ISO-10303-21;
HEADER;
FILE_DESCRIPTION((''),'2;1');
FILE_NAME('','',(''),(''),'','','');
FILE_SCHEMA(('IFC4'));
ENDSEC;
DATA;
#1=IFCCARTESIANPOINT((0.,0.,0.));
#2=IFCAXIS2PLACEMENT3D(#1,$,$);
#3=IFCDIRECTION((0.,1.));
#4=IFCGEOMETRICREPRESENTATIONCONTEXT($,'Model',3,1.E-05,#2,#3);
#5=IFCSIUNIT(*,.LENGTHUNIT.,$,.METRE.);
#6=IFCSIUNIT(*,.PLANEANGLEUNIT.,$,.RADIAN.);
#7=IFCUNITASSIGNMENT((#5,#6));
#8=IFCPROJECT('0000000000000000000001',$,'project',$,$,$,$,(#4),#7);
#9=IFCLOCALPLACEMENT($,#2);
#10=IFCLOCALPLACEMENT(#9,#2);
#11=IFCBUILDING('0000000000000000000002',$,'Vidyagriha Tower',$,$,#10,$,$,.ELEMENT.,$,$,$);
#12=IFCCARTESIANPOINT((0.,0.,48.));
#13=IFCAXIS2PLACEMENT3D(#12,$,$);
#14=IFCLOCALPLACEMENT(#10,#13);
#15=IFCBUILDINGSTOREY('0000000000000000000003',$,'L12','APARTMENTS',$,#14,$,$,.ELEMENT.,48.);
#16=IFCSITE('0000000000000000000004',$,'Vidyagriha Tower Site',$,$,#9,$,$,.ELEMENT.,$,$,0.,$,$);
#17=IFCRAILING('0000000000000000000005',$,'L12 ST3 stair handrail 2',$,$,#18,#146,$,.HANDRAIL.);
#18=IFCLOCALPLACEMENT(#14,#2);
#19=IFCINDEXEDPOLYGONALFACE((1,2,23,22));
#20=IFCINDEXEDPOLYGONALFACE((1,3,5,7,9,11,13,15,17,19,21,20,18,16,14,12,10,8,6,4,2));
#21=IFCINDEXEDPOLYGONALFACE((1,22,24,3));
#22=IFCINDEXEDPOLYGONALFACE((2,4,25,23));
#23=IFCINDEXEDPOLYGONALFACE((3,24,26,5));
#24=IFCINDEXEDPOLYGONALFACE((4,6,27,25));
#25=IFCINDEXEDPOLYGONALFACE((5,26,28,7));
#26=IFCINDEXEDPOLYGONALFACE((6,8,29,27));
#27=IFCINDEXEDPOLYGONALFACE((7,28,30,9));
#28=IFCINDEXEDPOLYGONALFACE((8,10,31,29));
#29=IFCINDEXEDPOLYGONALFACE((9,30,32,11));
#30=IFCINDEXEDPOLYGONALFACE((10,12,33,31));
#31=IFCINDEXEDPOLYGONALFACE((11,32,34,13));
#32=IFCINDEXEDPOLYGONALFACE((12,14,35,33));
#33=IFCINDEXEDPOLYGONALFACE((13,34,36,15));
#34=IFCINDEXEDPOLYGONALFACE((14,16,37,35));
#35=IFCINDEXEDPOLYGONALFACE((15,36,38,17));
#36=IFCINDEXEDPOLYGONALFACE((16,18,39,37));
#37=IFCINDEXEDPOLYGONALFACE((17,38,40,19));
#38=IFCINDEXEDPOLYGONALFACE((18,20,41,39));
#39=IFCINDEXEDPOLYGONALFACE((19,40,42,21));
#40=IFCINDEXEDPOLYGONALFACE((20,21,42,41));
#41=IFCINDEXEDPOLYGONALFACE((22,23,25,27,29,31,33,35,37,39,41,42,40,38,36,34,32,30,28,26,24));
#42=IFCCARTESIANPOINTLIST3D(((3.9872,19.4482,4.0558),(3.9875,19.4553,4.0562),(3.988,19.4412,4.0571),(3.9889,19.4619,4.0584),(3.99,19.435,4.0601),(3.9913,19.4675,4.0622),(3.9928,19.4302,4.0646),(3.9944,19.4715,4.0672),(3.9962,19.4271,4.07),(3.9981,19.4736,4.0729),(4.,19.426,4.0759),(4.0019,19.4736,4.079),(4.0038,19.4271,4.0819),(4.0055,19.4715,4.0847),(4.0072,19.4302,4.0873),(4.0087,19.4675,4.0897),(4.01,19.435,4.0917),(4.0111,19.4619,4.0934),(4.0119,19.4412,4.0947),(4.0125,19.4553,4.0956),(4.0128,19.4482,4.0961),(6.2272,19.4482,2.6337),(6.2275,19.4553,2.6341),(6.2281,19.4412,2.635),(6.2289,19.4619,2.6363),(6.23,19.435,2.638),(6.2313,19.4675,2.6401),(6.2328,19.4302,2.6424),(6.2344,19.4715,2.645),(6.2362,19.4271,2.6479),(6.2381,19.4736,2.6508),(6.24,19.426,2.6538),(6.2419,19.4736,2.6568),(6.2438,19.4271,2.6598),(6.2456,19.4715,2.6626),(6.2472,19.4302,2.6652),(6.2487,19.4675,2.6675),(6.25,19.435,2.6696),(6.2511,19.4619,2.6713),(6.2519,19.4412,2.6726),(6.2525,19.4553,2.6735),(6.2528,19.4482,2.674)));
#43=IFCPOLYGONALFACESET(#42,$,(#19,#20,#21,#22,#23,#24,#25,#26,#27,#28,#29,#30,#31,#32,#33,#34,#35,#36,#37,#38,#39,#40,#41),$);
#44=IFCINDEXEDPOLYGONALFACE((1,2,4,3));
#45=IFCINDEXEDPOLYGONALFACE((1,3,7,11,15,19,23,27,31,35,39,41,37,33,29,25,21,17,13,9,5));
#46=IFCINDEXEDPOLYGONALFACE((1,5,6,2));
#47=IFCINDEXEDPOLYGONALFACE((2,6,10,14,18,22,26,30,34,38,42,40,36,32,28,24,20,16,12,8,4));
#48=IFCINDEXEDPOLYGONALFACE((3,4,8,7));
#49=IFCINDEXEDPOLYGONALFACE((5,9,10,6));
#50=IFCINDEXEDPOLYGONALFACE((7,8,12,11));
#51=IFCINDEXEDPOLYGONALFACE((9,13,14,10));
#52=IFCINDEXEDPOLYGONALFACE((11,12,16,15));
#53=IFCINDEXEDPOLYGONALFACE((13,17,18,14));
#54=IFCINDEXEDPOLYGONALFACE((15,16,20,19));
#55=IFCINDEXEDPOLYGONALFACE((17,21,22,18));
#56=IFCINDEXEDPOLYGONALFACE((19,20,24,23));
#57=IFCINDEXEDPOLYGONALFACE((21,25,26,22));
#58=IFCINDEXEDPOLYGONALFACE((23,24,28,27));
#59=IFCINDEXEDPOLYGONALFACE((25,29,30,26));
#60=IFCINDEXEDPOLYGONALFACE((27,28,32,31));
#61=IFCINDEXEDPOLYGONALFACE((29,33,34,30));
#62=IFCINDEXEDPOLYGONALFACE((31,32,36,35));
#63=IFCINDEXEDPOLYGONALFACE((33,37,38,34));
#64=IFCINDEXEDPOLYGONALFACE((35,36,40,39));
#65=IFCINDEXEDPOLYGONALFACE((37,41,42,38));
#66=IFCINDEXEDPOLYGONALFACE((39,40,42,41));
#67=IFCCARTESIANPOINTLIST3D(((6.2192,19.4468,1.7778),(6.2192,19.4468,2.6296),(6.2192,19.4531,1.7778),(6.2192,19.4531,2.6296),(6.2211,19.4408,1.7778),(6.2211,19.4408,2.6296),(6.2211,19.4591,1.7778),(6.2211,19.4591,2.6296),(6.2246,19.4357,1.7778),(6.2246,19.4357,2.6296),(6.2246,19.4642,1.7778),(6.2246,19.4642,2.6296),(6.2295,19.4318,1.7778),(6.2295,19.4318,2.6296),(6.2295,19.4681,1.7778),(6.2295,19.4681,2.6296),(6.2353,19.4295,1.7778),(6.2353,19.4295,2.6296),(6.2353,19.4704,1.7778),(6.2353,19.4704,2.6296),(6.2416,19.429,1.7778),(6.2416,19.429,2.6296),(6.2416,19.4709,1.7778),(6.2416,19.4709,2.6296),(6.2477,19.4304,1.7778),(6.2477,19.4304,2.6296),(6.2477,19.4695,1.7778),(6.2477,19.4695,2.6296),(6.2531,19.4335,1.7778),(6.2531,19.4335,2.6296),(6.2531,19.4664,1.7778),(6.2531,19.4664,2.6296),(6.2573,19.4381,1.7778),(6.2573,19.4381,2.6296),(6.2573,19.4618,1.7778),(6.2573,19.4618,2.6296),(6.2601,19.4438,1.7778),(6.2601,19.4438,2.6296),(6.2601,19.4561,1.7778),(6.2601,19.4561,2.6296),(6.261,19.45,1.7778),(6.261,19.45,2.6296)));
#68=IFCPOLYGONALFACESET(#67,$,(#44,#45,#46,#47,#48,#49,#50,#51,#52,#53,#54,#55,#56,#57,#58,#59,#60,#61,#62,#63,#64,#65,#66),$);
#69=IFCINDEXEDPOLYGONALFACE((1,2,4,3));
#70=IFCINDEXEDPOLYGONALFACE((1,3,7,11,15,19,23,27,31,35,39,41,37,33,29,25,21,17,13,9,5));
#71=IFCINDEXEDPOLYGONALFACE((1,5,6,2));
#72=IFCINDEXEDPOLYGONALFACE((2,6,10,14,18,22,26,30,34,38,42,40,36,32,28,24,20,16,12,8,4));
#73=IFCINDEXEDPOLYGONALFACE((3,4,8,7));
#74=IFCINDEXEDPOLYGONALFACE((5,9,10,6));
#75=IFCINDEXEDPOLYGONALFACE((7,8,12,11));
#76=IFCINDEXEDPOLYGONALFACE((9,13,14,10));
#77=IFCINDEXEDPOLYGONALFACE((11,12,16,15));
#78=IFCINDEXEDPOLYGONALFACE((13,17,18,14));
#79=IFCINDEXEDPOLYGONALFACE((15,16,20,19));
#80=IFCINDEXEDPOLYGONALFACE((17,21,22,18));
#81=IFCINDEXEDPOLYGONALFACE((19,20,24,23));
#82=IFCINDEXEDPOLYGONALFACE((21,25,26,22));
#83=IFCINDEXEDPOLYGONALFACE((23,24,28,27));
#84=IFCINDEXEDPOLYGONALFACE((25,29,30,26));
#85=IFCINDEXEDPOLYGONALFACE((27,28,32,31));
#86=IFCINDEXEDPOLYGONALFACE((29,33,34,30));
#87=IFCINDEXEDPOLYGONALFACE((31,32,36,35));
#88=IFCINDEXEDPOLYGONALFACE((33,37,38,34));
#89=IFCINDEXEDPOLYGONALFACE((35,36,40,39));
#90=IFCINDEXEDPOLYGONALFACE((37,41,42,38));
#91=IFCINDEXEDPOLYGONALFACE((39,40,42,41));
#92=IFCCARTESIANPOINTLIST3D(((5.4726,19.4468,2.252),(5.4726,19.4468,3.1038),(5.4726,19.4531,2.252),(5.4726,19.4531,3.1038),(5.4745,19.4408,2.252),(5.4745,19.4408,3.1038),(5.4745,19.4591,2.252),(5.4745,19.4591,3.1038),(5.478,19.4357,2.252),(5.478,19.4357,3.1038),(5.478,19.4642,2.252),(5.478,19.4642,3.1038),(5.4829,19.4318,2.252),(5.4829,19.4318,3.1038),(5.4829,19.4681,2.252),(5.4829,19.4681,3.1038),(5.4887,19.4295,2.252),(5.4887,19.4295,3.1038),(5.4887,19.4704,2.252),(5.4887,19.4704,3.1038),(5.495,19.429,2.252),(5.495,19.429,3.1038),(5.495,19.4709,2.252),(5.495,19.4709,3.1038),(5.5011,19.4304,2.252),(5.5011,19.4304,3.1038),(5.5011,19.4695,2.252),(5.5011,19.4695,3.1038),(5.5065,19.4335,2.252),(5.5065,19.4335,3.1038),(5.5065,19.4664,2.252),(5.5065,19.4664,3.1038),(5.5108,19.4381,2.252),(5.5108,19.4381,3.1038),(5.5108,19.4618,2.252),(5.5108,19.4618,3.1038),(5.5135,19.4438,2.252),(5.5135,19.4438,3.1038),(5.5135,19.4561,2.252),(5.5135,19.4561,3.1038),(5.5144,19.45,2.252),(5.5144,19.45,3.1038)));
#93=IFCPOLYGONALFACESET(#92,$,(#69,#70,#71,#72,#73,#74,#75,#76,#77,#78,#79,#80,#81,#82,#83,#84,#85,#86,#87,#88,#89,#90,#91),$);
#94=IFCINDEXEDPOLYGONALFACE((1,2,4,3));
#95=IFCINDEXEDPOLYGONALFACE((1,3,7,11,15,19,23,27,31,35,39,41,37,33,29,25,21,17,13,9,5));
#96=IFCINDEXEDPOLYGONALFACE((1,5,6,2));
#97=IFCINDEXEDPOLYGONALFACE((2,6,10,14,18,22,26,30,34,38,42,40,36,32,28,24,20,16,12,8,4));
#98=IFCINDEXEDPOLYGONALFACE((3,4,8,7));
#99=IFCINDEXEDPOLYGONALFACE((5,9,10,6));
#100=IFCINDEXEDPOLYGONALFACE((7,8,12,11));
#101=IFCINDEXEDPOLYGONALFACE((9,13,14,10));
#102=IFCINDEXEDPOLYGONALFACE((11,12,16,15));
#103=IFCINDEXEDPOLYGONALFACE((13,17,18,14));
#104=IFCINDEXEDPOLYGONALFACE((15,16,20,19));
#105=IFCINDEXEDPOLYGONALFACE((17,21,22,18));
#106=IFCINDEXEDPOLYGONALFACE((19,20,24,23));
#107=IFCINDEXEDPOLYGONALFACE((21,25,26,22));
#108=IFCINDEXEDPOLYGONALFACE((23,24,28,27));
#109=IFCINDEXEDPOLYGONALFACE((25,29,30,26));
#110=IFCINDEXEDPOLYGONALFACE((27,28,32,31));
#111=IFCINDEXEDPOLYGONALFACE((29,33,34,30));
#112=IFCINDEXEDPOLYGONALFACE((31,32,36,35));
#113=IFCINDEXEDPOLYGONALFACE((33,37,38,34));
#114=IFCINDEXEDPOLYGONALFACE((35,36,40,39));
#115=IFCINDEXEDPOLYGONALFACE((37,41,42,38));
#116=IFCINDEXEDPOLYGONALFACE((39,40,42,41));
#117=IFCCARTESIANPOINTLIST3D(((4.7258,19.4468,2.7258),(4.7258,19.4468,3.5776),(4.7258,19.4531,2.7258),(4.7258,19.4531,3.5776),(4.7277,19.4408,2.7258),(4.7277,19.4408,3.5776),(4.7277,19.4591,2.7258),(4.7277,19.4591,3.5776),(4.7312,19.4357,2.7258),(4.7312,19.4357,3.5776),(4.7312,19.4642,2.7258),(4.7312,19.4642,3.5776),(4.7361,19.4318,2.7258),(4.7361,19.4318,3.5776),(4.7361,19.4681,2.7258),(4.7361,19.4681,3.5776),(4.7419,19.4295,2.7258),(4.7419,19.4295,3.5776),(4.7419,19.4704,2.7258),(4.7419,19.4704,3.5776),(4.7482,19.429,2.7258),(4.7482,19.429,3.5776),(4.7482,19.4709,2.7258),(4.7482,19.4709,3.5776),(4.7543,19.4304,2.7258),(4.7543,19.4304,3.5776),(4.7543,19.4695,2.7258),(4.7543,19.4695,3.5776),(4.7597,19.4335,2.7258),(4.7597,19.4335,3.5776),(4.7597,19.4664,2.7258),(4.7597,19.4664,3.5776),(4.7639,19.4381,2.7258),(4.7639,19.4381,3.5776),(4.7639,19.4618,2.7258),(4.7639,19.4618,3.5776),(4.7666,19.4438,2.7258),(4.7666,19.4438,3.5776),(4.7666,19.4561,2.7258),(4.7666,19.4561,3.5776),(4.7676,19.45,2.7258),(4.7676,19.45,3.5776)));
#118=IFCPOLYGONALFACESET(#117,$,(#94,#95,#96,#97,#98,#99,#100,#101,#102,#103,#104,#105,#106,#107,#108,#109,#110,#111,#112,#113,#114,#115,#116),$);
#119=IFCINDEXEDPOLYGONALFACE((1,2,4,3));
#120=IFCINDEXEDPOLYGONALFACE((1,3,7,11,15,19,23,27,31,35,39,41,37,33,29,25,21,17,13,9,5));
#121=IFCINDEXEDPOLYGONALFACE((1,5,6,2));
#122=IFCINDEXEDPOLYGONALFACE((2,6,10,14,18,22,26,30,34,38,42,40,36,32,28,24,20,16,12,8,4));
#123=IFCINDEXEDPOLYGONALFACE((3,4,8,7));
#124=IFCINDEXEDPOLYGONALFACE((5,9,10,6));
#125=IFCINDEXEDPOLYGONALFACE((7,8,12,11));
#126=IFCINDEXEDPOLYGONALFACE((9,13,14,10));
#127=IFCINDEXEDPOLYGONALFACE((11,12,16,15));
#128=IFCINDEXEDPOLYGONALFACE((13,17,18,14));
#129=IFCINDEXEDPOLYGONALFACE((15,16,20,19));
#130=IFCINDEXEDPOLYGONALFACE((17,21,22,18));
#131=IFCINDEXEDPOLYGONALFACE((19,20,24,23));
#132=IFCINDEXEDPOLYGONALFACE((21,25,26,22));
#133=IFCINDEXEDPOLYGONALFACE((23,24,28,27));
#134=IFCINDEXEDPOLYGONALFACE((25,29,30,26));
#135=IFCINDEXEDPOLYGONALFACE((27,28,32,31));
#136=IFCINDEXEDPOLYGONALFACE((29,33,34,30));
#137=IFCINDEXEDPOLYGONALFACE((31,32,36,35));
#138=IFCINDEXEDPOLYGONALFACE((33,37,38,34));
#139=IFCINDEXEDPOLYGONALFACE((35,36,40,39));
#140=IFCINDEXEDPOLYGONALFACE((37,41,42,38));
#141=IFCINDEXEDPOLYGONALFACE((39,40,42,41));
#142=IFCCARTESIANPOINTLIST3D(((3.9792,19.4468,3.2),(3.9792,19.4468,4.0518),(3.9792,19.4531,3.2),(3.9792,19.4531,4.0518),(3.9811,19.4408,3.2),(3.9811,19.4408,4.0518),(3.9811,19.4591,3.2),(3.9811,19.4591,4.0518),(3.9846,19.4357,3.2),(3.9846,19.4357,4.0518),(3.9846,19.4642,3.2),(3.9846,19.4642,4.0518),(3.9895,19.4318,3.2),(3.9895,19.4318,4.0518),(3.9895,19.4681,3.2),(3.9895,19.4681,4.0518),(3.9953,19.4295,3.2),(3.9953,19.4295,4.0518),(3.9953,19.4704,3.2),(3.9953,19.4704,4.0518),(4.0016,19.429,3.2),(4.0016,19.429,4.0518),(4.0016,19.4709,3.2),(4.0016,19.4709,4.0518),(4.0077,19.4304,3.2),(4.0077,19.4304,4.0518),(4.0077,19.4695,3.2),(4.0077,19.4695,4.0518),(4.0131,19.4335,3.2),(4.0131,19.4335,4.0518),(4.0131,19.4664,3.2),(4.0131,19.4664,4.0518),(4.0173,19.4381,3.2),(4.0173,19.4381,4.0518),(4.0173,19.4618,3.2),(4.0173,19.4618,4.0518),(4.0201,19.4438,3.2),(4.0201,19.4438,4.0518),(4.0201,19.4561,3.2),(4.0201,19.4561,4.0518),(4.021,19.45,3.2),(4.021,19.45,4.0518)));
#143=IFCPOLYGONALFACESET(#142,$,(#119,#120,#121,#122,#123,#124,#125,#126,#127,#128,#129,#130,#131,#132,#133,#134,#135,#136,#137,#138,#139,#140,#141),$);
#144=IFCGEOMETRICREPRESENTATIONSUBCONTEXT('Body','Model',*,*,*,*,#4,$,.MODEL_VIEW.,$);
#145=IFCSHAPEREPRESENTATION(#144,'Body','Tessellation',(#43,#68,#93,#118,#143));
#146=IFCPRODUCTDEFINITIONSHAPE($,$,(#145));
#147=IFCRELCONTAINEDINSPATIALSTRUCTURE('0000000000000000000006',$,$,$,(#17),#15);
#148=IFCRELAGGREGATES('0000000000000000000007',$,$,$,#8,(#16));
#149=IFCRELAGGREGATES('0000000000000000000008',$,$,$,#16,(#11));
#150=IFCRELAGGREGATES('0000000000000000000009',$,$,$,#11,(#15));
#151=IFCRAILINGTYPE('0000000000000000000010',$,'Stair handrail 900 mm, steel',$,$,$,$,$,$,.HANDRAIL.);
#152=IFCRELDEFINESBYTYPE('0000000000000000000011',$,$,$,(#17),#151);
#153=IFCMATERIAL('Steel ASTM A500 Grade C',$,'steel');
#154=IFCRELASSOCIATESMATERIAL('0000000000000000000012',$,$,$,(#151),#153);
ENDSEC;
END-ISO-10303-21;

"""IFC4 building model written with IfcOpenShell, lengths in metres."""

from ifc_helpers import new_model, si_unit, direction, frame, origin, origin_2d, place, context, subcontext, project, spatial, circle, extrude, material, type_object, element, save


model = new_model("IFC4")

# Units and contexts
model_context = context("Model", 3, precision=1e-05, world=origin(), true_north=direction((0.0, 1.0)))
body_context = subcontext(model_context, "Body", "Model", "MODEL_VIEW")
ifc_project = project(units=[si_unit("LENGTHUNIT", "METRE"), si_unit("PLANEANGLEUNIT", "RADIAN")], contexts=[model_context])

# Site, building, storey
site_placement = place(None, origin())
site = spatial("IfcSite", under=ifc_project, at=site_placement, Name="Vidyagriha Tower Site", CompositionType="ELEMENT", RefElevation=0.0)
building_placement = place(site_placement, origin())
building = spatial("IfcBuilding", under=site, at=building_placement, Name="Vidyagriha Tower", CompositionType="ELEMENT")
storey_placement = place(building_placement, frame((0.0, 0.0, 48.0)))
storey = spatial("IfcBuildingStorey", under=building, at=storey_placement, Name="L12", Description="APARTMENTS", CompositionType="ELEMENT", Elevation=48.0)

# Railing
ifc_material_1 = material(Name="Steel ASTM A500 Grade C", Category="steel")
railing_type_1 = type_object("IfcRailingType", Name="Stair handrail 900 mm, steel", PredefinedType="HANDRAIL", material=ifc_material_1)
railing_1_placement = place(storey_placement, frame((6.24, 19.45, 1.7778)))
element("IfcRailing", 1, at=railing_1_placement, inside=storey, type_object=railing_type_1, Name="L12 ST3 stair handrail 2", PredefinedType="HANDRAIL", context=body_context, shape_type="SweptSolid", body=[
    extrude(circle(Radius=0.0239, at=origin_2d()), frame((0.0, 0.0, 0.876), z_axis=(-0.844229, 0.0, 0.535982), x_axis=(0.0, -1.0, 0.0)), (0.0, 0.0, 1.0), 2.6533),
    extrude(circle(Radius=0.021, at=origin_2d()), origin(), (0.0, 0.0, 1.0), 0.8518),
    extrude(circle(Radius=0.021, at=origin_2d()), frame((-0.7466, 0.0, 0.4741)), (0.0, 0.0, 1.0), 0.8518),
    extrude(circle(Radius=0.021, at=origin_2d()), frame((-1.4934, 0.0, 0.948)), (0.0, 0.0, 1.0), 0.8518),
    extrude(circle(Radius=0.021, at=origin_2d()), frame((-2.24, 0.0, 1.4221)), (0.0, 0.0, 1.0), 0.8518),
])

save(model, "model.ifc")
